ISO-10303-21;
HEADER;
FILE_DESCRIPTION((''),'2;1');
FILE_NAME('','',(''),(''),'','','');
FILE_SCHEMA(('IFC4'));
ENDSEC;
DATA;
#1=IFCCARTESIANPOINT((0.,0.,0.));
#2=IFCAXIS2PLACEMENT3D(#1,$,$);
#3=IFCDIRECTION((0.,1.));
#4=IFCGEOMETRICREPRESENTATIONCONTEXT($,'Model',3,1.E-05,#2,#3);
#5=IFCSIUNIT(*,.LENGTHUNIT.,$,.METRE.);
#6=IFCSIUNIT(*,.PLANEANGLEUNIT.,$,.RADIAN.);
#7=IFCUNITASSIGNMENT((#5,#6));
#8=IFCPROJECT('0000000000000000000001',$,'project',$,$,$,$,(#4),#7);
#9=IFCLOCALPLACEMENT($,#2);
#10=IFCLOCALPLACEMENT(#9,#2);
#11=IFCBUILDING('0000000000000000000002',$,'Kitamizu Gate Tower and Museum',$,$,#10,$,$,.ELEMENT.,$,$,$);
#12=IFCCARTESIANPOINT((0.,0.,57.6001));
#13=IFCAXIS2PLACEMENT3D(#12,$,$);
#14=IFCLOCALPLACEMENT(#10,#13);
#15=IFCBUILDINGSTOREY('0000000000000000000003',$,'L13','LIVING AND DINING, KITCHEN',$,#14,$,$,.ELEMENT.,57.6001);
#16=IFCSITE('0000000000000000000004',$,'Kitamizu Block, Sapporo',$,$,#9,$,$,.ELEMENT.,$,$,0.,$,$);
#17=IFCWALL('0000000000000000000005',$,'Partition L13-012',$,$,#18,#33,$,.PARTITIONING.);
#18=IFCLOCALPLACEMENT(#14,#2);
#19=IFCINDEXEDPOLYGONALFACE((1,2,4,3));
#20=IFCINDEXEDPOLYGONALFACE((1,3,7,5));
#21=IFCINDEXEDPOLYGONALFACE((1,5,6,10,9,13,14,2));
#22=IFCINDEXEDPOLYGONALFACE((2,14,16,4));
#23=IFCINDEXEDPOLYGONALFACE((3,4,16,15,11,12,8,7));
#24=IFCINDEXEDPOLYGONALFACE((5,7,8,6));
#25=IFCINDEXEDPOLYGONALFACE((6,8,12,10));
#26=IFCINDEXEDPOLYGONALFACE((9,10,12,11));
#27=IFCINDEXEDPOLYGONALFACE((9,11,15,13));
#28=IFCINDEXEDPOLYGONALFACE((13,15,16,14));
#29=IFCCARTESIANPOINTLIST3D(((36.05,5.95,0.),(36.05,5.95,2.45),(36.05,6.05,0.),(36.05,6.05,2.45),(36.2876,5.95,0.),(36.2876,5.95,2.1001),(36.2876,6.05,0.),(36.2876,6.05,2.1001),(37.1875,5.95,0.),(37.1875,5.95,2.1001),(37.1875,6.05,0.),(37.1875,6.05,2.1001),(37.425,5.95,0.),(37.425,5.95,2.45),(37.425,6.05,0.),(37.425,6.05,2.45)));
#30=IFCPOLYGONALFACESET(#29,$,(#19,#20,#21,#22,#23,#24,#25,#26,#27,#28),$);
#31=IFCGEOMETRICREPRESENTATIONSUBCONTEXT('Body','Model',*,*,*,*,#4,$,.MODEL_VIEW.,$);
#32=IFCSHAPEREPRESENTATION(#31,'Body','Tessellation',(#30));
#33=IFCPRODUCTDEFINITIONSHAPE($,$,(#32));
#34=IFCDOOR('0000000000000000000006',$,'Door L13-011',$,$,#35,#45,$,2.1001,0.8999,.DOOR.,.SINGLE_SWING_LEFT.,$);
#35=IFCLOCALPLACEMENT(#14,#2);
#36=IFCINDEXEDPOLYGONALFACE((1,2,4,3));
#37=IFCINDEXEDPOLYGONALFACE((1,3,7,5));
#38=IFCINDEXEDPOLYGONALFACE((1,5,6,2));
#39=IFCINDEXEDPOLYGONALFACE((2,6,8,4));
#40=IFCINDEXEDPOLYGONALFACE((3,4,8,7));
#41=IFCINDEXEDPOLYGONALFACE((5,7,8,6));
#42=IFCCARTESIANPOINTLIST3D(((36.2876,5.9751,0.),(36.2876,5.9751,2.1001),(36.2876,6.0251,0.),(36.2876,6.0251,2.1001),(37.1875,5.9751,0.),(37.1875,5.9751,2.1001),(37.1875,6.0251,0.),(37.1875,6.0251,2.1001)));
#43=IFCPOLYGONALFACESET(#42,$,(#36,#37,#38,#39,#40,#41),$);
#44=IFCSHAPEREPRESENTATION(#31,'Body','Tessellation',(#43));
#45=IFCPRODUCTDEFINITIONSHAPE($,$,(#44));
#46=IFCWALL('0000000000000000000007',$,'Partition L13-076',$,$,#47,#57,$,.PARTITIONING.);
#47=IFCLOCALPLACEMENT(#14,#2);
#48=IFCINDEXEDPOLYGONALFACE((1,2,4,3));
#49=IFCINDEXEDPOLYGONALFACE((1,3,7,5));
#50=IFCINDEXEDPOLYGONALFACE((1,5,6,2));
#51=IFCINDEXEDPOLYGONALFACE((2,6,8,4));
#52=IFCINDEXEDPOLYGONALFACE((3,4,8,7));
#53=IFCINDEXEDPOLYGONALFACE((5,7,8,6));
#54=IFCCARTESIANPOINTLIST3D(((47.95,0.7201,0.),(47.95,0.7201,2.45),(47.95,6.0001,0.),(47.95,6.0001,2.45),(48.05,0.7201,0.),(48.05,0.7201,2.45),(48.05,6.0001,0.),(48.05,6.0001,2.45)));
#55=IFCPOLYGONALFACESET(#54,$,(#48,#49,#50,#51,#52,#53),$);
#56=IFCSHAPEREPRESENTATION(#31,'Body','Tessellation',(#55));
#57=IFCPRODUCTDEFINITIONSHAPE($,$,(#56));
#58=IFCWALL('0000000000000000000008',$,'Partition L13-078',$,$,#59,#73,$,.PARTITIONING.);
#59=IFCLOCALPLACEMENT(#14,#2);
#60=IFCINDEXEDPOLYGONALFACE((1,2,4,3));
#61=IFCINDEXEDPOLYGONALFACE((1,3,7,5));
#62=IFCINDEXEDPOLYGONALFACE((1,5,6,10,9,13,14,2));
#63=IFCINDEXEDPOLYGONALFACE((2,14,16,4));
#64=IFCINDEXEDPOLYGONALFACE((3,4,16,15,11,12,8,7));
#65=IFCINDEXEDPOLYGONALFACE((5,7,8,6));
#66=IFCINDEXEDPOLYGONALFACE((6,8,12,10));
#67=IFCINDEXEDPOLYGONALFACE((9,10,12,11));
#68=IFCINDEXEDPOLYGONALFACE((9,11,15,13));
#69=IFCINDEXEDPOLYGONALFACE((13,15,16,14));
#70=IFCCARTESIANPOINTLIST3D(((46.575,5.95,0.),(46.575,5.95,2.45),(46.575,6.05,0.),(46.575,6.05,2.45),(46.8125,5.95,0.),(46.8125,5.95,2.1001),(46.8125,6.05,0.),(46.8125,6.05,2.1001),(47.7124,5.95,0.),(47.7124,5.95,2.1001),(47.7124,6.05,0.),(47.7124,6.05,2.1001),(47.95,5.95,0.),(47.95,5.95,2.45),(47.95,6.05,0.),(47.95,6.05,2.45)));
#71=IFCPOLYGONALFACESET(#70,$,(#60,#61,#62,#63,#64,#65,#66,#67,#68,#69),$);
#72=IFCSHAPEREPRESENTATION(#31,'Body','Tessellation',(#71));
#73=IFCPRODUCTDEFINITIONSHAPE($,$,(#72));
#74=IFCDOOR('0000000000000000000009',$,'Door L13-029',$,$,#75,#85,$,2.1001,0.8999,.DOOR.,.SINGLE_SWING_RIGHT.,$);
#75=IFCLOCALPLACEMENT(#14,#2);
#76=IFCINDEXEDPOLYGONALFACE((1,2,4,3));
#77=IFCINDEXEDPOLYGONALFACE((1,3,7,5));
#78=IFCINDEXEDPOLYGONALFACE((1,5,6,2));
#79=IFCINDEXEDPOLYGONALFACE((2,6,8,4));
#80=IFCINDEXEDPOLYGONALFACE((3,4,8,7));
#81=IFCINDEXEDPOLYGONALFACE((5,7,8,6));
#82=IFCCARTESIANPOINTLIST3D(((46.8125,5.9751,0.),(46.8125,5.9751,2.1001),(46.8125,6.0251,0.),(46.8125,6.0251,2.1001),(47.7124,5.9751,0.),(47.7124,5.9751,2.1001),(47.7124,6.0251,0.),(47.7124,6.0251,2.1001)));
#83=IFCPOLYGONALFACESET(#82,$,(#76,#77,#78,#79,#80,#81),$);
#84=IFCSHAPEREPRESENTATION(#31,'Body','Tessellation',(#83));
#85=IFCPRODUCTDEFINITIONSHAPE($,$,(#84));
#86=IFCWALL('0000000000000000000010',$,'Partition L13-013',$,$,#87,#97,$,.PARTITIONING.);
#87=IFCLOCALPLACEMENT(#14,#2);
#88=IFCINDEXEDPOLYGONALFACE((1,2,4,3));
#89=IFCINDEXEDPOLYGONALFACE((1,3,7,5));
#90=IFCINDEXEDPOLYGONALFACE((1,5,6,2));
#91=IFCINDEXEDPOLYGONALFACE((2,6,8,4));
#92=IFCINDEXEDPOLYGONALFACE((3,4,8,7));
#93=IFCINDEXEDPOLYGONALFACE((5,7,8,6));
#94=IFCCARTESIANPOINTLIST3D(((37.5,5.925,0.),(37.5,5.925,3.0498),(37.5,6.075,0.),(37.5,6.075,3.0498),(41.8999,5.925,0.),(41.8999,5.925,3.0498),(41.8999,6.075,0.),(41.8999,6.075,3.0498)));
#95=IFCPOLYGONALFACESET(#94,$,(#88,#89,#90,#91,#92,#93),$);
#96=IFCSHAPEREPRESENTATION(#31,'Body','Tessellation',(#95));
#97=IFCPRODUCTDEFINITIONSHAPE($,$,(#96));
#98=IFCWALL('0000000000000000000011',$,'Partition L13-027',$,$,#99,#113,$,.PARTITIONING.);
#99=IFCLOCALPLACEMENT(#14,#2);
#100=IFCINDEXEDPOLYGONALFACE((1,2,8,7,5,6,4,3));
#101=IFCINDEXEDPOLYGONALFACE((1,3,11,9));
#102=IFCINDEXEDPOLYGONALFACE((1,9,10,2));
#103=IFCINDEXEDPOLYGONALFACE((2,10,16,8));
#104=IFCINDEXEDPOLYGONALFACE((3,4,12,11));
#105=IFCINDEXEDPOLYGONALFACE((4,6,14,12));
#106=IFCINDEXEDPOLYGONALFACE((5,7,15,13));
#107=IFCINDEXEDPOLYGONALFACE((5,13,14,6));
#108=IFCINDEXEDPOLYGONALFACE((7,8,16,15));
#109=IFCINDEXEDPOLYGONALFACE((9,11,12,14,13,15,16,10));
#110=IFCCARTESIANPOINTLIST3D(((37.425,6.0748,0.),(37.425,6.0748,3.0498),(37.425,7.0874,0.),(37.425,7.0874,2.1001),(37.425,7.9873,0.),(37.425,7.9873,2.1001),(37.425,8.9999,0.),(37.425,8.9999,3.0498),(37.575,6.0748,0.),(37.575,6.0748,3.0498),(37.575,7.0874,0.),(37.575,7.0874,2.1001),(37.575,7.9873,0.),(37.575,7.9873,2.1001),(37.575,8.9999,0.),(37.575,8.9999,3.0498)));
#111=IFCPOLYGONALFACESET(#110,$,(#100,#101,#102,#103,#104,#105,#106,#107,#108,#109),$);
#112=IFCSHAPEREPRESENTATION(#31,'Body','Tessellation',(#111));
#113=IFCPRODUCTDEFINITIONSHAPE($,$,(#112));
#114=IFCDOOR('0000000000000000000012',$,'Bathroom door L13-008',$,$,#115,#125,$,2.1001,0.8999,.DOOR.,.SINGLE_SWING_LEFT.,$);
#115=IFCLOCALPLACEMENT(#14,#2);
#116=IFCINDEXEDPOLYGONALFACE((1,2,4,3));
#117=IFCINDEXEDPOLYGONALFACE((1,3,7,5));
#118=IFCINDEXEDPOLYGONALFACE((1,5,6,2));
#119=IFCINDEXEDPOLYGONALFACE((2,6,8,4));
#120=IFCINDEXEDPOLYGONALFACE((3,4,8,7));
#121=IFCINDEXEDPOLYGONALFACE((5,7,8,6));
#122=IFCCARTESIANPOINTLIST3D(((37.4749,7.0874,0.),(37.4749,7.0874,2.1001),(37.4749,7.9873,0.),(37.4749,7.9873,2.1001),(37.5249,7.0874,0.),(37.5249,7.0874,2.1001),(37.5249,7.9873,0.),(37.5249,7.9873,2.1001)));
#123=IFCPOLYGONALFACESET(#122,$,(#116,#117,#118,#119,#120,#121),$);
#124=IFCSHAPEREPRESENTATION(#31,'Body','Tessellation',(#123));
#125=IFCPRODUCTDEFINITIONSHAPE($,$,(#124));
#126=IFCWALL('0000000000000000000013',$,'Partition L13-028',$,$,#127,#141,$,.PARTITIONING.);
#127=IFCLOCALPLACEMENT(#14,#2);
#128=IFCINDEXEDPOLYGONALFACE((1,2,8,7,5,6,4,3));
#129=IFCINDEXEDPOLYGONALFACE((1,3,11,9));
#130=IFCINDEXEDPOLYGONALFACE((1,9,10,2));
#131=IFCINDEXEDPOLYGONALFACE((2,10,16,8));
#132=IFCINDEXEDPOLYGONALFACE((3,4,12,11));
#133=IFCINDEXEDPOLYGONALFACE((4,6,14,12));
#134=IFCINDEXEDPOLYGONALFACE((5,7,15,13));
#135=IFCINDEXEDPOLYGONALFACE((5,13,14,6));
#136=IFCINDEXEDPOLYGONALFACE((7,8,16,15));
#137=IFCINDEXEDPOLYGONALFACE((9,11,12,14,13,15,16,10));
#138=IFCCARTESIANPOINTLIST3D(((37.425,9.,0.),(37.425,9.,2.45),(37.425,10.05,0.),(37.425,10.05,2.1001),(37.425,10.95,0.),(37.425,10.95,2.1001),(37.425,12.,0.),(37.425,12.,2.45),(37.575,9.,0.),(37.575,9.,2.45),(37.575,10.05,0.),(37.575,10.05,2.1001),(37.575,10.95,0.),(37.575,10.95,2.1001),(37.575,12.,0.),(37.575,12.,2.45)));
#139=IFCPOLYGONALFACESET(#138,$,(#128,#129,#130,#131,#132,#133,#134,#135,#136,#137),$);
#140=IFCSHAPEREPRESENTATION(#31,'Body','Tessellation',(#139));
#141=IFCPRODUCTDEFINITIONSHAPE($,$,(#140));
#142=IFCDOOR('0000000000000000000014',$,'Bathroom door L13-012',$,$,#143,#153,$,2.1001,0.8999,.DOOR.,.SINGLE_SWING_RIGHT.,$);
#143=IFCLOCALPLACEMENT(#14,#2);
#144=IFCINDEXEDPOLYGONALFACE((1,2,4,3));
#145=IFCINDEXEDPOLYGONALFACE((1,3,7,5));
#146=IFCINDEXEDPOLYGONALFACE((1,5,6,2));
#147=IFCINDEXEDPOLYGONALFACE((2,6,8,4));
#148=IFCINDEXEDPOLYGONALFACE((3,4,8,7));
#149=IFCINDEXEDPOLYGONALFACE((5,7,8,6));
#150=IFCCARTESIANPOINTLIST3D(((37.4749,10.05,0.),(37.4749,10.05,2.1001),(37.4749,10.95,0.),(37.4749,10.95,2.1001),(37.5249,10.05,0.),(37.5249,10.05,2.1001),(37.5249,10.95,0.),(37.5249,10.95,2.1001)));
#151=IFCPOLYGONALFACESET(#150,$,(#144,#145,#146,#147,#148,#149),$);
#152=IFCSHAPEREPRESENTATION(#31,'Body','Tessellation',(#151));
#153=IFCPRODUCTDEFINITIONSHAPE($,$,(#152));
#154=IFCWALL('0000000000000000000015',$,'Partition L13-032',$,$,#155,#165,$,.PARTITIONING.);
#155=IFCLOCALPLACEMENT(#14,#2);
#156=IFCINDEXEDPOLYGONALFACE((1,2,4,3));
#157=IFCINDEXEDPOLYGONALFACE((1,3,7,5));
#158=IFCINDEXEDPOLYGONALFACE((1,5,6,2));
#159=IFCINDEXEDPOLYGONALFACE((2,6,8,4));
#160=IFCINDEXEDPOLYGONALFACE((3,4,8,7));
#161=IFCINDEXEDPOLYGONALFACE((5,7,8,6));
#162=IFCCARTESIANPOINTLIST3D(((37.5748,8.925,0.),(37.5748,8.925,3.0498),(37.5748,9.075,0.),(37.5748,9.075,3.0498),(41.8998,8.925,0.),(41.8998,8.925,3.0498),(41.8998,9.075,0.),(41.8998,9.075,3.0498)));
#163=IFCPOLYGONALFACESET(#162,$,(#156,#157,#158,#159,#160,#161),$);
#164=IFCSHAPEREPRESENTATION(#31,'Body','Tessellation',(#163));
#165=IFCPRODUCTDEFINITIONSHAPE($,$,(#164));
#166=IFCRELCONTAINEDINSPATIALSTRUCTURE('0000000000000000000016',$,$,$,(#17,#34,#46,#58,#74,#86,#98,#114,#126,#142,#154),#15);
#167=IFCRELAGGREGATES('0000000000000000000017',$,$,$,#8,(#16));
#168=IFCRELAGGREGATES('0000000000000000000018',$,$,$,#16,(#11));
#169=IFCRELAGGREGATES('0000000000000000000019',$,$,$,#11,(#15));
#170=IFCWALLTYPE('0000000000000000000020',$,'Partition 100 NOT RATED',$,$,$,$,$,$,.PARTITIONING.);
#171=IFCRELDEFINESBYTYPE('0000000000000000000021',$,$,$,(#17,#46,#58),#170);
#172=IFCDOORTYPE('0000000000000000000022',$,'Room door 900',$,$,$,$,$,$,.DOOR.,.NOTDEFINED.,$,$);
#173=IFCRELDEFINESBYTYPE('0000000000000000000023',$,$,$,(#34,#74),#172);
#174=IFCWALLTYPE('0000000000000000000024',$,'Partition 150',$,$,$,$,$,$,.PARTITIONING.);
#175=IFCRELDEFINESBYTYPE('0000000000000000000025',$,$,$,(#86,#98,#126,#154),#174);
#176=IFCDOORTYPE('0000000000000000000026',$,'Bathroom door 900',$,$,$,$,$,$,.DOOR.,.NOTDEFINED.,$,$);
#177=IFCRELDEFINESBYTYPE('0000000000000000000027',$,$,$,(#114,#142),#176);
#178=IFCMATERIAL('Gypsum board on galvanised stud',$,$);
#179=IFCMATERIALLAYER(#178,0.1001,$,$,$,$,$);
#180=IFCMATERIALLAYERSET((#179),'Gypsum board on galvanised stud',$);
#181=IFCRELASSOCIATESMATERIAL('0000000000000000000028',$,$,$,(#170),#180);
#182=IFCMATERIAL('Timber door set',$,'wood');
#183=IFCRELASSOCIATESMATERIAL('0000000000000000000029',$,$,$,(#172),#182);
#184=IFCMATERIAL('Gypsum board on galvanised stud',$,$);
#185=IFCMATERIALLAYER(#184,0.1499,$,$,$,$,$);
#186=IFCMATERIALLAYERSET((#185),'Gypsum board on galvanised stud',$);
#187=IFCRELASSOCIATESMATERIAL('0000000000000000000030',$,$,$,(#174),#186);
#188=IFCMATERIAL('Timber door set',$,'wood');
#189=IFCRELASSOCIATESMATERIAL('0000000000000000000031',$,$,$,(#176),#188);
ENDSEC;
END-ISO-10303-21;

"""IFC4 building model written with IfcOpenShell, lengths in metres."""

from ifc_helpers import new_model, si_unit, direction, frame, frame_2d, origin, place, context, subcontext, project, spatial, rectangle, extrude, material, layer, layer_set, type_object, element, fill, save


model = new_model("IFC4")

# Units and contexts
model_context = context("Model", 3, precision=1e-05, world=origin(), true_north=direction((0.0, 1.0)))
body_context = subcontext(model_context, "Body", "Model", "MODEL_VIEW")
ifc_project = project(units=[si_unit("LENGTHUNIT", "METRE"), si_unit("PLANEANGLEUNIT", "RADIAN")], contexts=[model_context])

# Site, building, storey
site_placement = place(None, origin())
site = spatial("IfcSite", under=ifc_project, at=site_placement, Name="Kitamizu Block, Sapporo", CompositionType="ELEMENT", RefElevation=0.0)
building_placement = place(site_placement, origin())
building = spatial("IfcBuilding", under=site, at=building_placement, Name="Kitamizu Gate Tower and Museum", CompositionType="ELEMENT")
storey_placement = place(building_placement, frame((0.0, 0.0, 57.6001)))
storey = spatial("IfcBuildingStorey", under=building, at=storey_placement, Name="L13", Description="LIVING AND DINING, KITCHEN", CompositionType="ELEMENT", Elevation=57.6001)

# Wall, opening, door
ifc_material_1 = material(Name="Gypsum board on galvanised stud")
ifc_layer_1 = layer(ifc_material_1, 0.1001)
ifc_layer_set_1 = layer_set([ifc_layer_1], Name="Gypsum board on galvanised stud")
wall_type_1 = type_object("IfcWallType", Name="Partition 100 NOT RATED", PredefinedType="PARTITIONING", material=ifc_layer_set_1)
wall_1_placement = place(storey_placement, frame((37.425, 6.0, 0.0), z_axis=(0.0, 0.0, 1.0), x_axis=(-1.0, 0.0, 0.0)))
wall_1 = element("IfcWall", 1, at=wall_1_placement, inside=storey, type_object=wall_type_1, Name="Partition L13-012", PredefinedType="PARTITIONING", context=body_context, shape_type="SweptSolid", body=[
    extrude(rectangle(XDim=1.375, YDim=0.1001, at=frame_2d((0.6875, 0.0))), origin(), (0.0, 0.0, 1.0), 2.45),
])
opening_1_placement = place(wall_1_placement, frame((0.2375, 0.0, 0.0)))
opening_1 = element("IfcOpeningElement", 2, at=opening_1_placement, cuts=wall_1, PredefinedType="OPENING", context=body_context, shape_type="SweptSolid", body=[
    extrude(rectangle(XDim=0.8999, YDim=2.1001, at=frame_2d((0.45, 1.05))), frame((0.0, 0.0601, 0.0), z_axis=(0.0, -1.0, 0.0), x_axis=(1.0, 0.0, 0.0)), (0.0, 0.0, 1.0), 0.1201),
])
ifc_material_2 = material(Name="Timber door set", Category="wood")
door_type_1 = type_object("IfcDoorType", Name="Room door 900", OperationType="NOTDEFINED", PredefinedType="DOOR", material=ifc_material_2)
door_1_placement = place(opening_1_placement, origin())
door_1 = element("IfcDoor", 3, at=door_1_placement, inside=storey, type_object=door_type_1, Name="Door L13-011", OperationType="SINGLE_SWING_LEFT", OverallHeight=2.1001, OverallWidth=0.8999, PredefinedType="DOOR", context=body_context, shape_type="SweptSolid", body=[
    extrude(rectangle(XDim=0.8999, YDim=2.1001, at=frame_2d((0.45, 1.05))), frame((0.0, 0.0249, 0.0), z_axis=(0.0, -1.0, 0.0), x_axis=(1.0, 0.0, 0.0)), (0.0, 0.0, 1.0), 0.05),
])
fill(opening_1, door_1)

# Wall
wall_2_placement = place(storey_placement, frame((48.0, 0.72, 0.0), z_axis=(0.0, 0.0, 1.0), x_axis=(0.0, 1.0, 0.0)))
element("IfcWall", 4, at=wall_2_placement, inside=storey, type_object=wall_type_1, Name="Partition L13-076", PredefinedType="PARTITIONING", context=body_context, shape_type="SweptSolid", body=[
    extrude(rectangle(XDim=5.28, YDim=0.1001, at=frame_2d((2.6401, 0.0))), origin(), (0.0, 0.0, 1.0), 2.45),
])

# Wall, opening, door
wall_3_placement = place(storey_placement, frame((47.95, 6.0, 0.0), z_axis=(0.0, 0.0, 1.0), x_axis=(-1.0, 0.0, 0.0)))
wall_3 = element("IfcWall", 5, at=wall_3_placement, inside=storey, type_object=wall_type_1, Name="Partition L13-078", PredefinedType="PARTITIONING", context=body_context, shape_type="SweptSolid", body=[
    extrude(rectangle(XDim=1.375, YDim=0.1001, at=frame_2d((0.6875, 0.0))), origin(), (0.0, 0.0, 1.0), 2.45),
])
opening_2_placement = place(wall_3_placement, frame((0.2375, 0.0, 0.0)))
opening_2 = element("IfcOpeningElement", 6, at=opening_2_placement, cuts=wall_3, PredefinedType="OPENING", context=body_context, shape_type="SweptSolid", body=[
    extrude(rectangle(XDim=0.8999, YDim=2.1001, at=frame_2d((0.45, 1.05))), frame((0.0, 0.0601, 0.0), z_axis=(0.0, -1.0, 0.0), x_axis=(1.0, 0.0, 0.0)), (0.0, 0.0, 1.0), 0.1201),
])
door_2_placement = place(opening_2_placement, origin())
door_2 = element("IfcDoor", 7, at=door_2_placement, inside=storey, type_object=door_type_1, Name="Door L13-029", OperationType="SINGLE_SWING_RIGHT", OverallHeight=2.1001, OverallWidth=0.8999, PredefinedType="DOOR", context=body_context, shape_type="SweptSolid", body=[
    extrude(rectangle(XDim=0.8999, YDim=2.1001, at=frame_2d((0.45, 1.05))), frame((0.0, 0.0249, 0.0), z_axis=(0.0, -1.0, 0.0), x_axis=(1.0, 0.0, 0.0)), (0.0, 0.0, 1.0), 0.05),
])
fill(opening_2, door_2)

# Wall
ifc_material_3 = material(Name="Gypsum board on galvanised stud")
ifc_layer_2 = layer(ifc_material_3, 0.1499)
ifc_layer_set_2 = layer_set([ifc_layer_2], Name="Gypsum board on galvanised stud")
wall_type_2 = type_object("IfcWallType", Name="Partition 150", PredefinedType="PARTITIONING", material=ifc_layer_set_2)
wall_4_placement = place(storey_placement, frame((41.8999, 6.0, 0.0), z_axis=(0.0, 0.0, 1.0), x_axis=(-1.0, 0.0, 0.0)))
element("IfcWall", 8, at=wall_4_placement, inside=storey, type_object=wall_type_2, Name="Partition L13-013", PredefinedType="PARTITIONING", context=body_context, shape_type="SweptSolid", body=[
    extrude(rectangle(XDim=4.3999, YDim=0.1499, at=frame_2d((2.2, 0.0))), origin(), (0.0, 0.0, 1.0), 3.0498),
])

# Walls, openings, doors
wall_5_placement = place(storey_placement, frame((37.5, 6.075, 0.0), z_axis=(0.0, 0.0, 1.0), x_axis=(0.0, 1.0, 0.0)))
wall_5 = element("IfcWall", 9, at=wall_5_placement, inside=storey, type_object=wall_type_2, Name="Partition L13-027", PredefinedType="PARTITIONING", context=body_context, shape_type="SweptSolid", body=[
    extrude(rectangle(XDim=2.925, YDim=0.1499, at=frame_2d((1.4624, 0.0))), origin(), (0.0, 0.0, 1.0), 3.0498),
])
opening_3_placement = place(wall_5_placement, frame((1.0125, 0.0, 0.0)))
opening_3 = element("IfcOpeningElement", 10, at=opening_3_placement, cuts=wall_5, PredefinedType="OPENING", context=body_context, shape_type="SweptSolid", body=[
    extrude(rectangle(XDim=0.8999, YDim=2.1001, at=frame_2d((0.45, 1.05))), frame((0.0, 0.085, 0.0), z_axis=(0.0, -1.0, 0.0), x_axis=(1.0, 0.0, 0.0)), (0.0, 0.0, 1.0), 0.1699),
])
ifc_material_4 = material(Name="Timber door set", Category="wood")
door_type_2 = type_object("IfcDoorType", Name="Bathroom door 900", OperationType="NOTDEFINED", PredefinedType="DOOR", material=ifc_material_4)
door_3_placement = place(opening_3_placement, frame((0.8999, 0.0, 0.0), x_axis=(-1.0, 0.0, 0.0)))
door_3 = element("IfcDoor", 11, at=door_3_placement, inside=storey, type_object=door_type_2, Name="Bathroom door L13-008", OperationType="SINGLE_SWING_LEFT", OverallHeight=2.1001, OverallWidth=0.8999, PredefinedType="DOOR", context=body_context, shape_type="SweptSolid", body=[
    extrude(rectangle(XDim=0.8999, YDim=2.1001, at=frame_2d((0.45, 1.05))), frame((0.0, 0.0249, 0.0), z_axis=(0.0, -1.0, 0.0), x_axis=(1.0, 0.0, 0.0)), (0.0, 0.0, 1.0), 0.05),
])
fill(opening_3, door_3)
wall_6_placement = place(storey_placement, frame((37.5, 9.0, 0.0), z_axis=(0.0, 0.0, 1.0), x_axis=(0.0, 1.0, 0.0)))
wall_6 = element("IfcWall", 12, at=wall_6_placement, inside=storey, type_object=wall_type_2, Name="Partition L13-028", PredefinedType="PARTITIONING", context=body_context, shape_type="SweptSolid", body=[
    extrude(rectangle(XDim=3.0, YDim=0.1499, at=frame_2d((1.5, 0.0))), origin(), (0.0, 0.0, 1.0), 2.45),
])
opening_4_placement = place(wall_6_placement, frame((1.05, 0.0, 0.0)))
opening_4 = element("IfcOpeningElement", 13, at=opening_4_placement, cuts=wall_6, PredefinedType="OPENING", context=body_context, shape_type="SweptSolid", body=[
    extrude(rectangle(XDim=0.8999, YDim=2.1001, at=frame_2d((0.45, 1.05))), frame((0.0, 0.085, 0.0), z_axis=(0.0, -1.0, 0.0), x_axis=(1.0, 0.0, 0.0)), (0.0, 0.0, 1.0), 0.1699),
])
door_4_placement = place(opening_4_placement, frame((0.8999, 0.0, 0.0), x_axis=(-1.0, 0.0, 0.0)))
door_4 = element("IfcDoor", 14, at=door_4_placement, inside=storey, type_object=door_type_2, Name="Bathroom door L13-012", OperationType="SINGLE_SWING_RIGHT", OverallHeight=2.1001, OverallWidth=0.8999, PredefinedType="DOOR", context=body_context, shape_type="SweptSolid", body=[
    extrude(rectangle(XDim=0.8999, YDim=2.1001, at=frame_2d((0.45, 1.05))), frame((0.0, 0.0249, 0.0), z_axis=(0.0, -1.0, 0.0), x_axis=(1.0, 0.0, 0.0)), (0.0, 0.0, 1.0), 0.05),
])
fill(opening_4, door_4)

# Wall
wall_7_placement = place(storey_placement, frame((41.8999, 9.0, 0.0), z_axis=(0.0, 0.0, 1.0), x_axis=(-1.0, 0.0, 0.0)))
element("IfcWall", 15, at=wall_7_placement, inside=storey, type_object=wall_type_2, Name="Partition L13-032", PredefinedType="PARTITIONING", context=body_context, shape_type="SweptSolid", body=[
    extrude(rectangle(XDim=4.325, YDim=0.1499, at=frame_2d((2.1626, 0.0))), origin(), (0.0, 0.0, 1.0), 3.0498),
])

save(model, "model.ifc")
